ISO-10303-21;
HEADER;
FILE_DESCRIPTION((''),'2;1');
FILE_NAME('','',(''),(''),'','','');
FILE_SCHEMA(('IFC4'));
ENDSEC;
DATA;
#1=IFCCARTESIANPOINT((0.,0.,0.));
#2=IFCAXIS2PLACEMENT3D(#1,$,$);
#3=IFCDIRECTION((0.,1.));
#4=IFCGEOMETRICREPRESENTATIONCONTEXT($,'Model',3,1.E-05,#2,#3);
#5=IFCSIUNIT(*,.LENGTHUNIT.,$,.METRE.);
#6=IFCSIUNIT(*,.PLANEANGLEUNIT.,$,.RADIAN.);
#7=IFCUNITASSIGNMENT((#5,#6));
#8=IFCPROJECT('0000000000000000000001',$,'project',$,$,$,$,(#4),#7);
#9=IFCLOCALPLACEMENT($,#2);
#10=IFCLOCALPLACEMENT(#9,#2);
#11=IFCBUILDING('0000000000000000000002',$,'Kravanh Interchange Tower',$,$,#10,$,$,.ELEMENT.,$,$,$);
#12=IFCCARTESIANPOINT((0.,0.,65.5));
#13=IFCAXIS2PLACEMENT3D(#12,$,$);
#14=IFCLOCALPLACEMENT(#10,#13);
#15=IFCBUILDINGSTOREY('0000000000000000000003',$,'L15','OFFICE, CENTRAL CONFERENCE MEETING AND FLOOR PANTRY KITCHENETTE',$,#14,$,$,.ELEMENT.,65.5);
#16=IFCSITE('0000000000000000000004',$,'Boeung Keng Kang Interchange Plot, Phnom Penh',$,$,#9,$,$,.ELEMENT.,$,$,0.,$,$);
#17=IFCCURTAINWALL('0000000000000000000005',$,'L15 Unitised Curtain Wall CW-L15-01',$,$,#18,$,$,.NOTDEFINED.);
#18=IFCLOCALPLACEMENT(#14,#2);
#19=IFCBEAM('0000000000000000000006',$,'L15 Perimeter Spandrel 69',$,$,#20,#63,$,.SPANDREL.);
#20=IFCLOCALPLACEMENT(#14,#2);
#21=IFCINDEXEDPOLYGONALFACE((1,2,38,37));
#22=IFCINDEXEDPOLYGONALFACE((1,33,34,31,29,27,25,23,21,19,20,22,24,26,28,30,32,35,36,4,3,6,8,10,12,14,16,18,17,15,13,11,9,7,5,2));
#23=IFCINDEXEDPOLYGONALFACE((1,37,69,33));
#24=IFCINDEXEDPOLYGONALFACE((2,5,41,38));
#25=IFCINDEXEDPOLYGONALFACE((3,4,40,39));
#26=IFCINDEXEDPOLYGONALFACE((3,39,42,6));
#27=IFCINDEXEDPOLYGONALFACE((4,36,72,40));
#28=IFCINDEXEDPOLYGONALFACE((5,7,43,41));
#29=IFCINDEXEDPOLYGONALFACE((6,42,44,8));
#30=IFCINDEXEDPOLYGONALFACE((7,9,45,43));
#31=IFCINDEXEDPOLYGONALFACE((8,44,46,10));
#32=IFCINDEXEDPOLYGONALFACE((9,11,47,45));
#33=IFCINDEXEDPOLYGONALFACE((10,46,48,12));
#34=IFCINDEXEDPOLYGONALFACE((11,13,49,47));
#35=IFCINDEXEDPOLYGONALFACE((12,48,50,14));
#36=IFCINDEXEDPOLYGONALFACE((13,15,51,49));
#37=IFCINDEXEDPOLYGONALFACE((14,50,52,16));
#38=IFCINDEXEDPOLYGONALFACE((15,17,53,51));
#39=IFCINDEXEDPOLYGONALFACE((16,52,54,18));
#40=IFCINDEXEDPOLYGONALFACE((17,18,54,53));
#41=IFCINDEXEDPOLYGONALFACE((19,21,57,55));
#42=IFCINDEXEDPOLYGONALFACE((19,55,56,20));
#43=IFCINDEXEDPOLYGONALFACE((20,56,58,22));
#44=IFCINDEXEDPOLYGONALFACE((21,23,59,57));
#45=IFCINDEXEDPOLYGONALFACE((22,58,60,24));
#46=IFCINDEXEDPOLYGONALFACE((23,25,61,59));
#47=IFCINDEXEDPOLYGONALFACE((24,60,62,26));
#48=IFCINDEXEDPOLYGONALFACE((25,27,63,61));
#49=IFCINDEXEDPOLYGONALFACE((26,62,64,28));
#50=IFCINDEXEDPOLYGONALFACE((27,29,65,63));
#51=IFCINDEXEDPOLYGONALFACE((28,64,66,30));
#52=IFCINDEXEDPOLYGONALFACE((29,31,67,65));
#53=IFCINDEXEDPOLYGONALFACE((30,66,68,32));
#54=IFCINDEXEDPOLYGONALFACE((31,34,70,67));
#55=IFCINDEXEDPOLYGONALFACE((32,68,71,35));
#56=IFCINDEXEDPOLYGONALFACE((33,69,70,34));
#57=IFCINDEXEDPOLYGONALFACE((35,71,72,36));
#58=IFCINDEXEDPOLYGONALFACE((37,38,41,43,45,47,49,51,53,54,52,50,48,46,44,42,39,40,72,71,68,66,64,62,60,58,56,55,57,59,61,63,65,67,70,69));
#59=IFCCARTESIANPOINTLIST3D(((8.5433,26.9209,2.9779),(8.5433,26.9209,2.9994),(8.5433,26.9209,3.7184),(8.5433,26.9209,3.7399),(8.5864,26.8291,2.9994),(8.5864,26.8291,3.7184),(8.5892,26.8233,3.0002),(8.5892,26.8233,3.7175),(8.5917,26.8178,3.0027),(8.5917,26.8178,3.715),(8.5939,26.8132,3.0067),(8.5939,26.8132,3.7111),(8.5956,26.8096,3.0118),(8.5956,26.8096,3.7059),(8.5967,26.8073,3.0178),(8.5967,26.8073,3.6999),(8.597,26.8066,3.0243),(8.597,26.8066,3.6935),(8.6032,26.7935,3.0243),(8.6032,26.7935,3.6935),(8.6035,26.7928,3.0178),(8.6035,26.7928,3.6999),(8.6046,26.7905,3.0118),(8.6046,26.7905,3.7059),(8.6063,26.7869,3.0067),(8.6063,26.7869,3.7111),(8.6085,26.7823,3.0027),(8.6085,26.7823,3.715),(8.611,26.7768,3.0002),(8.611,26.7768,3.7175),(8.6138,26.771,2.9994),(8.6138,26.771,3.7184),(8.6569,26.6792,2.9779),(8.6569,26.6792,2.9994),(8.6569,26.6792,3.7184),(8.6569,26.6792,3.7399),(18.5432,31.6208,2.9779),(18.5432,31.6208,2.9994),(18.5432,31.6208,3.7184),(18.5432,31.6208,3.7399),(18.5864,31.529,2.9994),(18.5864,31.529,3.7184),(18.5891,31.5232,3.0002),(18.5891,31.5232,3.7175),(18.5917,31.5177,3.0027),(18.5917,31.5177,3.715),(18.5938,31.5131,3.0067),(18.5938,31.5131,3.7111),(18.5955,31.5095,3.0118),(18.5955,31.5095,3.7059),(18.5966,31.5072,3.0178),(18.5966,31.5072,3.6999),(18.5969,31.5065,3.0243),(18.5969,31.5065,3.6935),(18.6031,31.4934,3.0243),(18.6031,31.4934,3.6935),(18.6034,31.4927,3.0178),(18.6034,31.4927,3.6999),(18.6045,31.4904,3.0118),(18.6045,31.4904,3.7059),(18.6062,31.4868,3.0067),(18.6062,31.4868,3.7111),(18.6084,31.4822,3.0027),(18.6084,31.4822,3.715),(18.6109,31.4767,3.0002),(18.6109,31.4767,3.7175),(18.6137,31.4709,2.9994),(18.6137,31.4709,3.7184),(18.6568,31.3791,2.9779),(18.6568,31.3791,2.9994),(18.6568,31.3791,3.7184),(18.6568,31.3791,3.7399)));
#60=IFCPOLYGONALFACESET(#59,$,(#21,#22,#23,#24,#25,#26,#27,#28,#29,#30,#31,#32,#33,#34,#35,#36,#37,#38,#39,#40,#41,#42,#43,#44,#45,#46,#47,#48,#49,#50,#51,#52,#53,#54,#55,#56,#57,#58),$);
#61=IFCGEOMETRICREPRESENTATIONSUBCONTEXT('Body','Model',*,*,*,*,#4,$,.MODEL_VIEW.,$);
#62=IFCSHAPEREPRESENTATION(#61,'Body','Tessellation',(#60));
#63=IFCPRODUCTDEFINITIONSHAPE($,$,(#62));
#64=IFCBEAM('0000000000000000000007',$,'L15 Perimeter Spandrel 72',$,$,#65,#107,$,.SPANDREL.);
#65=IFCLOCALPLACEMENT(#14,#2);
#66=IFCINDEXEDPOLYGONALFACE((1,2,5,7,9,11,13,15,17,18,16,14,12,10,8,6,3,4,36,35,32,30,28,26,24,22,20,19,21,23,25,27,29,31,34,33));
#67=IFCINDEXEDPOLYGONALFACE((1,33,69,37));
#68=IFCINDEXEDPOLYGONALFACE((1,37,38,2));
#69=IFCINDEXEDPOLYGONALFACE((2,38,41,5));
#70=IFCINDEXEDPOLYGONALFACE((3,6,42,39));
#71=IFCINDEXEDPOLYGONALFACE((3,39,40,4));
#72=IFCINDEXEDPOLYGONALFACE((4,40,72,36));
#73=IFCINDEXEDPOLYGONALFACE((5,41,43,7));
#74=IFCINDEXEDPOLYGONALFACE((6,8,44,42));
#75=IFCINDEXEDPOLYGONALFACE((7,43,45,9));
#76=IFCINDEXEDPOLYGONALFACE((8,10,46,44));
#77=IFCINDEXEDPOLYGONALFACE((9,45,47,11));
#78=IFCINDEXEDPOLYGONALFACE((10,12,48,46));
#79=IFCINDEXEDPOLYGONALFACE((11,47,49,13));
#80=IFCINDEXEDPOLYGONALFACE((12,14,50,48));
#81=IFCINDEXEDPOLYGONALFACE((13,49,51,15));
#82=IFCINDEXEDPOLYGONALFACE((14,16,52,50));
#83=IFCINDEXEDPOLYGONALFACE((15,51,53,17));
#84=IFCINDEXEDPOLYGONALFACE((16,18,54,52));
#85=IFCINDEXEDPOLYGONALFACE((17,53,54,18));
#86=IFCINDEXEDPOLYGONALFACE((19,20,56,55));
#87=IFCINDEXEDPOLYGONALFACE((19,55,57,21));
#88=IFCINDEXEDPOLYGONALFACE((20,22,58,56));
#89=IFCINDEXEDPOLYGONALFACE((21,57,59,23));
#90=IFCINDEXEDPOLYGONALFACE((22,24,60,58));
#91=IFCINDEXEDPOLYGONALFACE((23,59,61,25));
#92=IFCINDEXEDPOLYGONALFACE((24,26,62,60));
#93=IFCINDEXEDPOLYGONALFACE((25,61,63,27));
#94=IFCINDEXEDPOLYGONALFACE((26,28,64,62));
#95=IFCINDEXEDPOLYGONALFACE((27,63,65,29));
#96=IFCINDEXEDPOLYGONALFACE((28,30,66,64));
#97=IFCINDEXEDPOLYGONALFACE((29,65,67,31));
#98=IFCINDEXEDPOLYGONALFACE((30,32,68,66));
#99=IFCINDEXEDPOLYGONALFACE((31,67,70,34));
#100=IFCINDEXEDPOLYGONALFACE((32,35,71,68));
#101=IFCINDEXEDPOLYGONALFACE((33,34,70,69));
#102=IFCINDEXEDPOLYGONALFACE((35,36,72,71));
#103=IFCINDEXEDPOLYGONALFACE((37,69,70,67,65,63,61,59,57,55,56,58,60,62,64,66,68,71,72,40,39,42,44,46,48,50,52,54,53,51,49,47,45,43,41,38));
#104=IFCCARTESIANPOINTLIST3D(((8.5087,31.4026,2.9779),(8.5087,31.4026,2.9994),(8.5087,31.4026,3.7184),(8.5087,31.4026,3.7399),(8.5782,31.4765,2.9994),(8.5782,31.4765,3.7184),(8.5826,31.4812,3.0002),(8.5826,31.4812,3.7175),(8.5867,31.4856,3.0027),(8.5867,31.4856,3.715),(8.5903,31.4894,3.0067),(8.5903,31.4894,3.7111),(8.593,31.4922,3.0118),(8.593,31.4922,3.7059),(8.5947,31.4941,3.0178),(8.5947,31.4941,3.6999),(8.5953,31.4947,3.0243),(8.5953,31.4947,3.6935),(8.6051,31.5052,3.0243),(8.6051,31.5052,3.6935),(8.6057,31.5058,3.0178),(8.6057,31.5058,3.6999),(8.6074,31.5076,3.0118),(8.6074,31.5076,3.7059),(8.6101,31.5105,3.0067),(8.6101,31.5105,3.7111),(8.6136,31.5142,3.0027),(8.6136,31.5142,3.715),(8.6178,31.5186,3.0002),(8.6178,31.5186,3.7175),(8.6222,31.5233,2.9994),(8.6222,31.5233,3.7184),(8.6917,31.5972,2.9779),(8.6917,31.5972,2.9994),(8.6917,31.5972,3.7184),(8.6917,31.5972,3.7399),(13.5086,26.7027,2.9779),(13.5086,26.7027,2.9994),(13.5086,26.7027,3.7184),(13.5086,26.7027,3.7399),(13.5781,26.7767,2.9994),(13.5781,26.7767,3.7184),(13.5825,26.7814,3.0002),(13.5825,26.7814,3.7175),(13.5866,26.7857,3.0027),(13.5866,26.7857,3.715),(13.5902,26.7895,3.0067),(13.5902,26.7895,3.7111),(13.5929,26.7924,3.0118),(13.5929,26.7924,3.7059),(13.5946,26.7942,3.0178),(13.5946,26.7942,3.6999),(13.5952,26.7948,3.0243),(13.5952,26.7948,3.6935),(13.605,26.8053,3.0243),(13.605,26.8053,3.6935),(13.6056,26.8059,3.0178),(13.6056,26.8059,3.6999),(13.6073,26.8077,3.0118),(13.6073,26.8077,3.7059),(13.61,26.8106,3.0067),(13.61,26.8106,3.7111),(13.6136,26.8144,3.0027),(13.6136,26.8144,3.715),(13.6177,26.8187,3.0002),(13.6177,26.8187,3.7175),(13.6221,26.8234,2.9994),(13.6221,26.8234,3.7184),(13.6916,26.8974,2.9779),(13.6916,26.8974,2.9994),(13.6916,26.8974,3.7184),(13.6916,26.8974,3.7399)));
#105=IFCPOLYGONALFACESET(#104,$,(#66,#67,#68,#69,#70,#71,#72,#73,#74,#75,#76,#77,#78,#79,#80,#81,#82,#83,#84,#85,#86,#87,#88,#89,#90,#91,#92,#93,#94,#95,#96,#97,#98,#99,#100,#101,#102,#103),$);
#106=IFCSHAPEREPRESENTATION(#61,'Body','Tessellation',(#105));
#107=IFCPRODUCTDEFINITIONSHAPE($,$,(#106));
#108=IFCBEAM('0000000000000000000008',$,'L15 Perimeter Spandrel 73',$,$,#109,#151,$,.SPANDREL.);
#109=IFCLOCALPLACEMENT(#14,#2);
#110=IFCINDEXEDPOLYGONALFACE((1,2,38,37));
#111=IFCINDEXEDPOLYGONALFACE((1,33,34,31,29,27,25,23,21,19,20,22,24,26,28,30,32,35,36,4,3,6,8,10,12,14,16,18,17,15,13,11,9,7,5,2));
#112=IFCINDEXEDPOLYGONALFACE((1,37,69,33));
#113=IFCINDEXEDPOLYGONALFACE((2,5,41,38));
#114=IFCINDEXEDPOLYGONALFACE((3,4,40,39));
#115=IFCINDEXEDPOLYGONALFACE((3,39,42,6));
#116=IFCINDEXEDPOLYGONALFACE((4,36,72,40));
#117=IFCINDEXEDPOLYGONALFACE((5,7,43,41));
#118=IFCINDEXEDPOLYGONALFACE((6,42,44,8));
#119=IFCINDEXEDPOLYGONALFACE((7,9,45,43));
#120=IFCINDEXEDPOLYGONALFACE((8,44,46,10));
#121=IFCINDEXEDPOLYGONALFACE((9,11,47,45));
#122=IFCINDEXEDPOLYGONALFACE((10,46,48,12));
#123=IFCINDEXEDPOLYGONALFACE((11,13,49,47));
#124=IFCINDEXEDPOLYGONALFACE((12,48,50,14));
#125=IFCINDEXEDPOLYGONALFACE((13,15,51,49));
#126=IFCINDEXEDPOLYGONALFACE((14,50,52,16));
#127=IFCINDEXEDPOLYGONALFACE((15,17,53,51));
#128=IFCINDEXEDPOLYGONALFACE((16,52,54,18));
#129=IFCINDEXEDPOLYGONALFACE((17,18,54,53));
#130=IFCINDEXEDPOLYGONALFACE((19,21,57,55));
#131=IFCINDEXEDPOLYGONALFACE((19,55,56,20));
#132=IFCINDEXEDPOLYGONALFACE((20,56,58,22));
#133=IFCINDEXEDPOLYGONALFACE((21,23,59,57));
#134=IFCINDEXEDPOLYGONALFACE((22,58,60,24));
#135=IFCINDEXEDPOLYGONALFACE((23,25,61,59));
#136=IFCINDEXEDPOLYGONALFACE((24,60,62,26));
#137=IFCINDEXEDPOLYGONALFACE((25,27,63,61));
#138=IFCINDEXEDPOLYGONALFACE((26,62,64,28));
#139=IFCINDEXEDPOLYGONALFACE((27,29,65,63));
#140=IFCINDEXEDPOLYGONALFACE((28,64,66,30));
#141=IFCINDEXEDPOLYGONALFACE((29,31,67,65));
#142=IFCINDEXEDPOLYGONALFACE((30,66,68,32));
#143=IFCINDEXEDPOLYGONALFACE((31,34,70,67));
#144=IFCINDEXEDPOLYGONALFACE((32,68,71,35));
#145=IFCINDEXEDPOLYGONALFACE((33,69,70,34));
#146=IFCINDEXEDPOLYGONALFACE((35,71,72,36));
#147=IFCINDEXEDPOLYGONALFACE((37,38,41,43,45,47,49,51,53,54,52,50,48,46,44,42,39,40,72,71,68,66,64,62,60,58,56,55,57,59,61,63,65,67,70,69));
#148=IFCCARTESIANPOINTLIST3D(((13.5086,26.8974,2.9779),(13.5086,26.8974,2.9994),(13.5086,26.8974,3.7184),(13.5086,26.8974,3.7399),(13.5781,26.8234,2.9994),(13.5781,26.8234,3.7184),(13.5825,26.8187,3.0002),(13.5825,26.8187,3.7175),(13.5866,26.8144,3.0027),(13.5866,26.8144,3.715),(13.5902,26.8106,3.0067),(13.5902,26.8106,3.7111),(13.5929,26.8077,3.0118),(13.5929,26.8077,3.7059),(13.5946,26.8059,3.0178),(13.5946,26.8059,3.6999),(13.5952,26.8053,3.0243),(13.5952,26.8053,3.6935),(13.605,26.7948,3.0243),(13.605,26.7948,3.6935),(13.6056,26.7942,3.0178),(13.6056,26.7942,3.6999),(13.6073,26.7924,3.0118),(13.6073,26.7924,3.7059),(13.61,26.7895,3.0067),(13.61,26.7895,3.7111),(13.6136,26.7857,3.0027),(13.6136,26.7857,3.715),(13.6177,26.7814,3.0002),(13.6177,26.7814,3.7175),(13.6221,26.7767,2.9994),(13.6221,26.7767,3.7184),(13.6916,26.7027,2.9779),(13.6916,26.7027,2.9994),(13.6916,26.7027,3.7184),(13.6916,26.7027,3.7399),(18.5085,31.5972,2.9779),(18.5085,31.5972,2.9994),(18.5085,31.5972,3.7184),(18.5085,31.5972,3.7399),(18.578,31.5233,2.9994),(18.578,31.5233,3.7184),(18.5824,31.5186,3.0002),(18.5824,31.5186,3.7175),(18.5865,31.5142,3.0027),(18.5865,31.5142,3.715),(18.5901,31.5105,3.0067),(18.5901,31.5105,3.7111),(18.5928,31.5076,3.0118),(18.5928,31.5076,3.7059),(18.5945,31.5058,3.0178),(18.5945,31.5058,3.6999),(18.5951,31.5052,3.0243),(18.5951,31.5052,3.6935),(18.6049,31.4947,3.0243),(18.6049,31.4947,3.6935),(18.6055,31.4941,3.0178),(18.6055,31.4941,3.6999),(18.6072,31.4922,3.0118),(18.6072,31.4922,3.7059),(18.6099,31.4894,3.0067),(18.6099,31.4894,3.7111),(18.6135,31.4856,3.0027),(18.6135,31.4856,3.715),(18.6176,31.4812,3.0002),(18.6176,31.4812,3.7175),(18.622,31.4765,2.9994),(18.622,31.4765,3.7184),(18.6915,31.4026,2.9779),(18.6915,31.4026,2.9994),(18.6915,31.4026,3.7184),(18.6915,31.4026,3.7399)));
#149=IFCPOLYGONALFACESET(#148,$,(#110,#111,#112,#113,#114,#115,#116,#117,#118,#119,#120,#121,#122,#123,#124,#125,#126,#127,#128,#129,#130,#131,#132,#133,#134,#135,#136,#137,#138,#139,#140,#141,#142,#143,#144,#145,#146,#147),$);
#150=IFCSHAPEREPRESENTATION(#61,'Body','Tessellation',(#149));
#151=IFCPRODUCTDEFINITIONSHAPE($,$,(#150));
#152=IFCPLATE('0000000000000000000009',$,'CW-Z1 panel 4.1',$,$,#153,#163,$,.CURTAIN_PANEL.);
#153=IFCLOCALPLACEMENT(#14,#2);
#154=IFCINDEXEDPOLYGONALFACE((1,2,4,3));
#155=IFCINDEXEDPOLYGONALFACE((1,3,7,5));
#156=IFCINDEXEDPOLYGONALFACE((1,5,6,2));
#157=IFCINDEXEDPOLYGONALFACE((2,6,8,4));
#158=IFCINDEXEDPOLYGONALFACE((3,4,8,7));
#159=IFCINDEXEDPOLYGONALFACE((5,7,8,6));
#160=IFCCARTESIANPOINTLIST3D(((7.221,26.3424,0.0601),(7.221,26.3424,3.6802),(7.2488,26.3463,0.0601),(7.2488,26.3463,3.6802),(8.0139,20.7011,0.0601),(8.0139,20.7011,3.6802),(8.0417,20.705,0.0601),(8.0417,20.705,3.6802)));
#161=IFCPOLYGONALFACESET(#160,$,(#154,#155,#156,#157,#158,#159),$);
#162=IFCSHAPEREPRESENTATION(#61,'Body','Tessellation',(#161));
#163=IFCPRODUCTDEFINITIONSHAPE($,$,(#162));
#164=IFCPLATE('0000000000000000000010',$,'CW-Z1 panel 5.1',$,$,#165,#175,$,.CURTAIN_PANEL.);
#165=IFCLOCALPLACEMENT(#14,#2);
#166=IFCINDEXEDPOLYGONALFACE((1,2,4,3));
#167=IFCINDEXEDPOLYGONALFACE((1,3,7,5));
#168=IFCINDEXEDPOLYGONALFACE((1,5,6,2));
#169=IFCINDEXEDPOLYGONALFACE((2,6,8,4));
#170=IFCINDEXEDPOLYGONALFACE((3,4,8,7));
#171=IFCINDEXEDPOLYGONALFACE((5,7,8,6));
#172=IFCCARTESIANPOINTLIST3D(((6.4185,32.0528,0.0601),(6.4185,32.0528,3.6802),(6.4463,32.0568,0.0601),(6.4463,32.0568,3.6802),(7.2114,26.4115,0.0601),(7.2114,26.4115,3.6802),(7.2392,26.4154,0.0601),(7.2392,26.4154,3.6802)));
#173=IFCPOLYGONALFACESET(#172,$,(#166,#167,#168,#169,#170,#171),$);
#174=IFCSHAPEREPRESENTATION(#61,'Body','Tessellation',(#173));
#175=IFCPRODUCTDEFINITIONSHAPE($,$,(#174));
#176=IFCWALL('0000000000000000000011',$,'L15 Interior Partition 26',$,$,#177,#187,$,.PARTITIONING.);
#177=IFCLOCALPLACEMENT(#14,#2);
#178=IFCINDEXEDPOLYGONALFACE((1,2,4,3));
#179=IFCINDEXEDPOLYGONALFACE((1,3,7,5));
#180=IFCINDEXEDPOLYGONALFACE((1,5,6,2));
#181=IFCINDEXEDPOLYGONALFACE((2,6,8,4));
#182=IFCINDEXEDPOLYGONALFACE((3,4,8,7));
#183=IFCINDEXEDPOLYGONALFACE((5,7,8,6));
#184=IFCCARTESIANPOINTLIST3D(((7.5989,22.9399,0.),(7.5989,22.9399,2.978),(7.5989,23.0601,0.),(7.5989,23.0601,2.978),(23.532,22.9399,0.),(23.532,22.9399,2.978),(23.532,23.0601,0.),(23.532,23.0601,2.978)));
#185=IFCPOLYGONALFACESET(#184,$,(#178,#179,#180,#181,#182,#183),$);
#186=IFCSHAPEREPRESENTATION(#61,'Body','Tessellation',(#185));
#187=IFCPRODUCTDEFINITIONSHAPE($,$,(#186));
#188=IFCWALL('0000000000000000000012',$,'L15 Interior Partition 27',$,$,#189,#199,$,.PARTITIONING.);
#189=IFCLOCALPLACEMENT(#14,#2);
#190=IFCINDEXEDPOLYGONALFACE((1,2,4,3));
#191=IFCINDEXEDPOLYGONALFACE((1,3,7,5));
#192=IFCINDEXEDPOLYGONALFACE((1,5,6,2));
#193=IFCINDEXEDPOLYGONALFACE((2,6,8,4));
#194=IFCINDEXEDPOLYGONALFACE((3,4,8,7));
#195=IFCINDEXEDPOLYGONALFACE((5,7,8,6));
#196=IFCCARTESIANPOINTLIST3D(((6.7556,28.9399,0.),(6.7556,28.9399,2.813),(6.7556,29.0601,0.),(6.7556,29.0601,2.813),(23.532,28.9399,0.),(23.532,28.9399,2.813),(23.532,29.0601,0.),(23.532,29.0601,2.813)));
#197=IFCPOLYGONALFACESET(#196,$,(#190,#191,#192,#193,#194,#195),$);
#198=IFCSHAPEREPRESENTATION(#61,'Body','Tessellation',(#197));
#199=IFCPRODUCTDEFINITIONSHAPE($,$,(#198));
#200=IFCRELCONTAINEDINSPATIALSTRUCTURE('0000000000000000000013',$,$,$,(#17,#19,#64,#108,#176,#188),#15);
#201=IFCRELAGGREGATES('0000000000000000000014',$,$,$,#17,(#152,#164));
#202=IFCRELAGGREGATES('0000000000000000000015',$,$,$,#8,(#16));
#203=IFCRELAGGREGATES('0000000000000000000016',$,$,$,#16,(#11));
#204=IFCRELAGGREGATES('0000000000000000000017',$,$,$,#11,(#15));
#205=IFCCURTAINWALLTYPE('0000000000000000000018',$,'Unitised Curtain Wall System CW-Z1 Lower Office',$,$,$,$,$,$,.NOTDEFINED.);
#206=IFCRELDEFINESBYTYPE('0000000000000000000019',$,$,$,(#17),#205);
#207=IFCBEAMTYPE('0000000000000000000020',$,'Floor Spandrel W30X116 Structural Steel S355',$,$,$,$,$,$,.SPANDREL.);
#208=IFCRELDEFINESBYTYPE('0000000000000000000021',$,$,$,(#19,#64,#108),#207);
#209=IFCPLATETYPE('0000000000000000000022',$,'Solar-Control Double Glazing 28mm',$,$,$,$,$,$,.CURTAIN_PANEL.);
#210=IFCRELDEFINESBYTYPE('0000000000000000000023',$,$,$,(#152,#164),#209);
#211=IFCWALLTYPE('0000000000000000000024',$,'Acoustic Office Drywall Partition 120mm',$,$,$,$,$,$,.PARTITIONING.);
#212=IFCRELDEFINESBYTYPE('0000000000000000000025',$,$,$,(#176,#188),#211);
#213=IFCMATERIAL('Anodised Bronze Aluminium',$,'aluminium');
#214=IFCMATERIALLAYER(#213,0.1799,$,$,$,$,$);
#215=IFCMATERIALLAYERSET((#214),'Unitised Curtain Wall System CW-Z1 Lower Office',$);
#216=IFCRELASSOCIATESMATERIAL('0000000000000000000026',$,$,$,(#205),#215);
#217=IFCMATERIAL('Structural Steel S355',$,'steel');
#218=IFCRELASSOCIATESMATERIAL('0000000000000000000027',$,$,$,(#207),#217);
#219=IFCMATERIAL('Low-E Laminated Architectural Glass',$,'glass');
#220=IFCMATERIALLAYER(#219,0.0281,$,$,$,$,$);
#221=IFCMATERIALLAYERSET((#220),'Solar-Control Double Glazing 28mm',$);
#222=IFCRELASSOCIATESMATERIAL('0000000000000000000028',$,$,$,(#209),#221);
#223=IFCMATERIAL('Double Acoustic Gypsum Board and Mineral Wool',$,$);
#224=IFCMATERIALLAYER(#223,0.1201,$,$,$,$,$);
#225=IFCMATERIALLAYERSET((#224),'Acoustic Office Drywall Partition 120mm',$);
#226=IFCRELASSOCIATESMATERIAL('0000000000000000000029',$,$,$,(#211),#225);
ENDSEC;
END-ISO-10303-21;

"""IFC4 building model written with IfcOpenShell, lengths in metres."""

from ifc_helpers import new_model, si_unit, direction, frame, frame_2d, origin, origin_2d, place, context, subcontext, project, spatial, rectangle, i_section, extrude, material, layer, layer_set, material_profile, profile_set, type_object, element, aggregate, save


model = new_model("IFC4")

# Units and contexts
model_context = context("Model", 3, precision=1e-05, world=origin(), true_north=direction((0.0, 1.0)))
body_context = subcontext(model_context, "Body", "Model", "MODEL_VIEW")
ifc_project = project(units=[si_unit("LENGTHUNIT", "METRE"), si_unit("PLANEANGLEUNIT", "RADIAN")], contexts=[model_context])

# Site, building, storey
site_placement = place(None, origin())
site = spatial("IfcSite", under=ifc_project, at=site_placement, Name="Boeung Keng Kang Interchange Plot, Phnom Penh", CompositionType="ELEMENT", RefElevation=0.0)
building_placement = place(site_placement, origin())
building = spatial("IfcBuilding", under=site, at=building_placement, Name="Kravanh Interchange Tower", CompositionType="ELEMENT")
storey_placement = place(building_placement, frame((0.0, 0.0, 65.5)))
storey = spatial("IfcBuildingStorey", under=building, at=storey_placement, Name="L15", Description="OFFICE, CENTRAL CONFERENCE MEETING AND FLOOR PANTRY KITCHENETTE", CompositionType="ELEMENT", Elevation=65.5)

# Curtain wall
ifc_material_1 = material(Name="Anodised Bronze Aluminium", Category="aluminium")
ifc_layer_1 = layer(ifc_material_1, 0.1799)
ifc_layer_set_1 = layer_set([ifc_layer_1], Name="Unitised Curtain Wall System CW-Z1 Lower Office")
curtain_wall_type = type_object("IfcCurtainWallType", Name="Unitised Curtain Wall System CW-Z1 Lower Office", PredefinedType="NOTDEFINED", material=ifc_layer_set_1)
curtain_wall_placement = place(storey_placement, origin())
curtain_wall = element("IfcCurtainWall", 1, at=curtain_wall_placement, inside=storey, type_object=curtain_wall_type, Name="L15 Unitised Curtain Wall CW-L15-01", PredefinedType="NOTDEFINED")

# Beams
ifc_material_2 = material(Name="Structural Steel S355", Category="steel")
ifc_material_profile_1 = material_profile(ifc_material_2, i_section(OverallWidth=0.2671, OverallDepth=0.762, WebThickness=0.0144, FlangeThickness=0.0215, FilletRadius=0.0249, at=origin_2d()), Name="W30X116")
ifc_profile_set_1 = profile_set([ifc_material_profile_1], Name="Structural Steel S355")
beam_type_1 = type_object("IfcBeamType", Name="Floor Spandrel W30X116 Structural Steel S355", PredefinedType="SPANDREL", material=ifc_profile_set_1)
beam_1_placement = place(storey_placement, frame((8.6001, 26.8, 3.3589), z_axis=(0.905025, 0.425358, 0.0), x_axis=(-0.425358, 0.905025, 0.0)))
element("IfcBeam", 2, at=beam_1_placement, inside=storey, type_object=beam_type_1, Name="L15 Perimeter Spandrel 69", PredefinedType="SPANDREL", context=body_context, shape_type="SweptSolid", body=[
    extrude(i_section(OverallWidth=0.2671, OverallDepth=0.762, WebThickness=0.0144, FlangeThickness=0.0215, FilletRadius=0.0249, at=origin_2d()), origin(), (0.0, 0.0, 1.0), 11.0493),
])
for number, where, z_axis, x_axis, name in (
    (3, (13.6001, 26.8, 3.3589), (-0.728631, 0.684906, 0.0), (-0.684906, -0.728631, 0.0), "L15 Perimeter Spandrel 72"),
    (4, (13.6001, 26.8, 3.3589), (0.728631, 0.684906, 0.0), (-0.684906, 0.728631, 0.0), "L15 Perimeter Spandrel 73"),
):
    element("IfcBeam", number, at=place(storey_placement, frame(where, z_axis=z_axis, x_axis=x_axis)), inside=storey, type_object=beam_type_1, Name=name, PredefinedType="SPANDREL", context=body_context, shape_type="SweptSolid", body=[
        extrude(i_section(OverallWidth=0.2671, OverallDepth=0.762, WebThickness=0.0144, FlangeThickness=0.0215, FilletRadius=0.0249, at=origin_2d()), origin(), (0.0, 0.0, 1.0), 6.8621),
    ])

# Plates
ifc_material_3 = material(Name="Low-E Laminated Architectural Glass", Category="glass")
ifc_layer_2 = layer(ifc_material_3, 0.0281)
ifc_layer_set_2 = layer_set([ifc_layer_2], Name="Solar-Control Double Glazing 28mm")
plate_type = type_object("IfcPlateType", Name="Solar-Control Double Glazing 28mm", PredefinedType="CURTAIN_PANEL", material=ifc_layer_set_2)
plate_1_placement = place(storey_placement, frame((7.6313, 23.5237, 0.0601), z_axis=(0.0, 0.0, 1.0), x_axis=(-0.139177, 0.990268, 0.0)))
plate_1 = element("IfcPlate", 5, at=plate_1_placement, type_object=plate_type, Name="CW-Z1 panel 4.1", PredefinedType="CURTAIN_PANEL", context=body_context, shape_type="SweptSolid", body=[
    extrude(rectangle(XDim=5.6968, YDim=0.0281, at=origin_2d()), origin(), (0.0, 0.0, 1.0), 3.6201),
])
plate_2_placement = place(storey_placement, frame((6.8289, 29.2341, 0.0601), z_axis=(0.0, 0.0, 1.0), x_axis=(-0.139177, 0.990268, 0.0)))
plate_2 = element("IfcPlate", 6, at=plate_2_placement, type_object=plate_type, Name="CW-Z1 panel 5.1", PredefinedType="CURTAIN_PANEL", context=body_context, shape_type="SweptSolid", body=[
    extrude(rectangle(XDim=5.6968, YDim=0.0281, at=origin_2d()), origin(), (0.0, 0.0, 1.0), 3.6201),
])
aggregate(curtain_wall, [plate_1, plate_2])

# Walls
ifc_material_4 = material(Name="Double Acoustic Gypsum Board and Mineral Wool")
ifc_layer_3 = layer(ifc_material_4, 0.1201)
ifc_layer_set_3 = layer_set([ifc_layer_3], Name="Acoustic Office Drywall Partition 120mm")
wall_type = type_object("IfcWallType", Name="Acoustic Office Drywall Partition 120mm", PredefinedType="PARTITIONING", material=ifc_layer_set_3)
wall_1_placement = place(storey_placement, frame((7.5989, 23.0, 0.0), z_axis=(0.0, 0.0, 1.0), x_axis=(1.0, 0.0, 0.0)))
element("IfcWall", 7, at=wall_1_placement, inside=storey, type_object=wall_type, Name="L15 Interior Partition 26", PredefinedType="PARTITIONING", context=body_context, shape_type="SweptSolid", body=[
    extrude(rectangle(XDim=15.9331, YDim=0.1201, at=frame_2d((7.9666, 0.0))), origin(), (0.0, 0.0, 1.0), 2.978),
])
wall_2_placement = place(storey_placement, frame((6.7556, 29.0, 0.0), z_axis=(0.0, 0.0, 1.0), x_axis=(1.0, 0.0, 0.0)))
element("IfcWall", 8, at=wall_2_placement, inside=storey, type_object=wall_type, Name="L15 Interior Partition 27", PredefinedType="PARTITIONING", context=body_context, shape_type="SweptSolid", body=[
    extrude(rectangle(XDim=16.7764, YDim=0.1201, at=frame_2d((8.3882, 0.0))), origin(), (0.0, 0.0, 1.0), 2.813),
])

save(model, "model.ifc")
